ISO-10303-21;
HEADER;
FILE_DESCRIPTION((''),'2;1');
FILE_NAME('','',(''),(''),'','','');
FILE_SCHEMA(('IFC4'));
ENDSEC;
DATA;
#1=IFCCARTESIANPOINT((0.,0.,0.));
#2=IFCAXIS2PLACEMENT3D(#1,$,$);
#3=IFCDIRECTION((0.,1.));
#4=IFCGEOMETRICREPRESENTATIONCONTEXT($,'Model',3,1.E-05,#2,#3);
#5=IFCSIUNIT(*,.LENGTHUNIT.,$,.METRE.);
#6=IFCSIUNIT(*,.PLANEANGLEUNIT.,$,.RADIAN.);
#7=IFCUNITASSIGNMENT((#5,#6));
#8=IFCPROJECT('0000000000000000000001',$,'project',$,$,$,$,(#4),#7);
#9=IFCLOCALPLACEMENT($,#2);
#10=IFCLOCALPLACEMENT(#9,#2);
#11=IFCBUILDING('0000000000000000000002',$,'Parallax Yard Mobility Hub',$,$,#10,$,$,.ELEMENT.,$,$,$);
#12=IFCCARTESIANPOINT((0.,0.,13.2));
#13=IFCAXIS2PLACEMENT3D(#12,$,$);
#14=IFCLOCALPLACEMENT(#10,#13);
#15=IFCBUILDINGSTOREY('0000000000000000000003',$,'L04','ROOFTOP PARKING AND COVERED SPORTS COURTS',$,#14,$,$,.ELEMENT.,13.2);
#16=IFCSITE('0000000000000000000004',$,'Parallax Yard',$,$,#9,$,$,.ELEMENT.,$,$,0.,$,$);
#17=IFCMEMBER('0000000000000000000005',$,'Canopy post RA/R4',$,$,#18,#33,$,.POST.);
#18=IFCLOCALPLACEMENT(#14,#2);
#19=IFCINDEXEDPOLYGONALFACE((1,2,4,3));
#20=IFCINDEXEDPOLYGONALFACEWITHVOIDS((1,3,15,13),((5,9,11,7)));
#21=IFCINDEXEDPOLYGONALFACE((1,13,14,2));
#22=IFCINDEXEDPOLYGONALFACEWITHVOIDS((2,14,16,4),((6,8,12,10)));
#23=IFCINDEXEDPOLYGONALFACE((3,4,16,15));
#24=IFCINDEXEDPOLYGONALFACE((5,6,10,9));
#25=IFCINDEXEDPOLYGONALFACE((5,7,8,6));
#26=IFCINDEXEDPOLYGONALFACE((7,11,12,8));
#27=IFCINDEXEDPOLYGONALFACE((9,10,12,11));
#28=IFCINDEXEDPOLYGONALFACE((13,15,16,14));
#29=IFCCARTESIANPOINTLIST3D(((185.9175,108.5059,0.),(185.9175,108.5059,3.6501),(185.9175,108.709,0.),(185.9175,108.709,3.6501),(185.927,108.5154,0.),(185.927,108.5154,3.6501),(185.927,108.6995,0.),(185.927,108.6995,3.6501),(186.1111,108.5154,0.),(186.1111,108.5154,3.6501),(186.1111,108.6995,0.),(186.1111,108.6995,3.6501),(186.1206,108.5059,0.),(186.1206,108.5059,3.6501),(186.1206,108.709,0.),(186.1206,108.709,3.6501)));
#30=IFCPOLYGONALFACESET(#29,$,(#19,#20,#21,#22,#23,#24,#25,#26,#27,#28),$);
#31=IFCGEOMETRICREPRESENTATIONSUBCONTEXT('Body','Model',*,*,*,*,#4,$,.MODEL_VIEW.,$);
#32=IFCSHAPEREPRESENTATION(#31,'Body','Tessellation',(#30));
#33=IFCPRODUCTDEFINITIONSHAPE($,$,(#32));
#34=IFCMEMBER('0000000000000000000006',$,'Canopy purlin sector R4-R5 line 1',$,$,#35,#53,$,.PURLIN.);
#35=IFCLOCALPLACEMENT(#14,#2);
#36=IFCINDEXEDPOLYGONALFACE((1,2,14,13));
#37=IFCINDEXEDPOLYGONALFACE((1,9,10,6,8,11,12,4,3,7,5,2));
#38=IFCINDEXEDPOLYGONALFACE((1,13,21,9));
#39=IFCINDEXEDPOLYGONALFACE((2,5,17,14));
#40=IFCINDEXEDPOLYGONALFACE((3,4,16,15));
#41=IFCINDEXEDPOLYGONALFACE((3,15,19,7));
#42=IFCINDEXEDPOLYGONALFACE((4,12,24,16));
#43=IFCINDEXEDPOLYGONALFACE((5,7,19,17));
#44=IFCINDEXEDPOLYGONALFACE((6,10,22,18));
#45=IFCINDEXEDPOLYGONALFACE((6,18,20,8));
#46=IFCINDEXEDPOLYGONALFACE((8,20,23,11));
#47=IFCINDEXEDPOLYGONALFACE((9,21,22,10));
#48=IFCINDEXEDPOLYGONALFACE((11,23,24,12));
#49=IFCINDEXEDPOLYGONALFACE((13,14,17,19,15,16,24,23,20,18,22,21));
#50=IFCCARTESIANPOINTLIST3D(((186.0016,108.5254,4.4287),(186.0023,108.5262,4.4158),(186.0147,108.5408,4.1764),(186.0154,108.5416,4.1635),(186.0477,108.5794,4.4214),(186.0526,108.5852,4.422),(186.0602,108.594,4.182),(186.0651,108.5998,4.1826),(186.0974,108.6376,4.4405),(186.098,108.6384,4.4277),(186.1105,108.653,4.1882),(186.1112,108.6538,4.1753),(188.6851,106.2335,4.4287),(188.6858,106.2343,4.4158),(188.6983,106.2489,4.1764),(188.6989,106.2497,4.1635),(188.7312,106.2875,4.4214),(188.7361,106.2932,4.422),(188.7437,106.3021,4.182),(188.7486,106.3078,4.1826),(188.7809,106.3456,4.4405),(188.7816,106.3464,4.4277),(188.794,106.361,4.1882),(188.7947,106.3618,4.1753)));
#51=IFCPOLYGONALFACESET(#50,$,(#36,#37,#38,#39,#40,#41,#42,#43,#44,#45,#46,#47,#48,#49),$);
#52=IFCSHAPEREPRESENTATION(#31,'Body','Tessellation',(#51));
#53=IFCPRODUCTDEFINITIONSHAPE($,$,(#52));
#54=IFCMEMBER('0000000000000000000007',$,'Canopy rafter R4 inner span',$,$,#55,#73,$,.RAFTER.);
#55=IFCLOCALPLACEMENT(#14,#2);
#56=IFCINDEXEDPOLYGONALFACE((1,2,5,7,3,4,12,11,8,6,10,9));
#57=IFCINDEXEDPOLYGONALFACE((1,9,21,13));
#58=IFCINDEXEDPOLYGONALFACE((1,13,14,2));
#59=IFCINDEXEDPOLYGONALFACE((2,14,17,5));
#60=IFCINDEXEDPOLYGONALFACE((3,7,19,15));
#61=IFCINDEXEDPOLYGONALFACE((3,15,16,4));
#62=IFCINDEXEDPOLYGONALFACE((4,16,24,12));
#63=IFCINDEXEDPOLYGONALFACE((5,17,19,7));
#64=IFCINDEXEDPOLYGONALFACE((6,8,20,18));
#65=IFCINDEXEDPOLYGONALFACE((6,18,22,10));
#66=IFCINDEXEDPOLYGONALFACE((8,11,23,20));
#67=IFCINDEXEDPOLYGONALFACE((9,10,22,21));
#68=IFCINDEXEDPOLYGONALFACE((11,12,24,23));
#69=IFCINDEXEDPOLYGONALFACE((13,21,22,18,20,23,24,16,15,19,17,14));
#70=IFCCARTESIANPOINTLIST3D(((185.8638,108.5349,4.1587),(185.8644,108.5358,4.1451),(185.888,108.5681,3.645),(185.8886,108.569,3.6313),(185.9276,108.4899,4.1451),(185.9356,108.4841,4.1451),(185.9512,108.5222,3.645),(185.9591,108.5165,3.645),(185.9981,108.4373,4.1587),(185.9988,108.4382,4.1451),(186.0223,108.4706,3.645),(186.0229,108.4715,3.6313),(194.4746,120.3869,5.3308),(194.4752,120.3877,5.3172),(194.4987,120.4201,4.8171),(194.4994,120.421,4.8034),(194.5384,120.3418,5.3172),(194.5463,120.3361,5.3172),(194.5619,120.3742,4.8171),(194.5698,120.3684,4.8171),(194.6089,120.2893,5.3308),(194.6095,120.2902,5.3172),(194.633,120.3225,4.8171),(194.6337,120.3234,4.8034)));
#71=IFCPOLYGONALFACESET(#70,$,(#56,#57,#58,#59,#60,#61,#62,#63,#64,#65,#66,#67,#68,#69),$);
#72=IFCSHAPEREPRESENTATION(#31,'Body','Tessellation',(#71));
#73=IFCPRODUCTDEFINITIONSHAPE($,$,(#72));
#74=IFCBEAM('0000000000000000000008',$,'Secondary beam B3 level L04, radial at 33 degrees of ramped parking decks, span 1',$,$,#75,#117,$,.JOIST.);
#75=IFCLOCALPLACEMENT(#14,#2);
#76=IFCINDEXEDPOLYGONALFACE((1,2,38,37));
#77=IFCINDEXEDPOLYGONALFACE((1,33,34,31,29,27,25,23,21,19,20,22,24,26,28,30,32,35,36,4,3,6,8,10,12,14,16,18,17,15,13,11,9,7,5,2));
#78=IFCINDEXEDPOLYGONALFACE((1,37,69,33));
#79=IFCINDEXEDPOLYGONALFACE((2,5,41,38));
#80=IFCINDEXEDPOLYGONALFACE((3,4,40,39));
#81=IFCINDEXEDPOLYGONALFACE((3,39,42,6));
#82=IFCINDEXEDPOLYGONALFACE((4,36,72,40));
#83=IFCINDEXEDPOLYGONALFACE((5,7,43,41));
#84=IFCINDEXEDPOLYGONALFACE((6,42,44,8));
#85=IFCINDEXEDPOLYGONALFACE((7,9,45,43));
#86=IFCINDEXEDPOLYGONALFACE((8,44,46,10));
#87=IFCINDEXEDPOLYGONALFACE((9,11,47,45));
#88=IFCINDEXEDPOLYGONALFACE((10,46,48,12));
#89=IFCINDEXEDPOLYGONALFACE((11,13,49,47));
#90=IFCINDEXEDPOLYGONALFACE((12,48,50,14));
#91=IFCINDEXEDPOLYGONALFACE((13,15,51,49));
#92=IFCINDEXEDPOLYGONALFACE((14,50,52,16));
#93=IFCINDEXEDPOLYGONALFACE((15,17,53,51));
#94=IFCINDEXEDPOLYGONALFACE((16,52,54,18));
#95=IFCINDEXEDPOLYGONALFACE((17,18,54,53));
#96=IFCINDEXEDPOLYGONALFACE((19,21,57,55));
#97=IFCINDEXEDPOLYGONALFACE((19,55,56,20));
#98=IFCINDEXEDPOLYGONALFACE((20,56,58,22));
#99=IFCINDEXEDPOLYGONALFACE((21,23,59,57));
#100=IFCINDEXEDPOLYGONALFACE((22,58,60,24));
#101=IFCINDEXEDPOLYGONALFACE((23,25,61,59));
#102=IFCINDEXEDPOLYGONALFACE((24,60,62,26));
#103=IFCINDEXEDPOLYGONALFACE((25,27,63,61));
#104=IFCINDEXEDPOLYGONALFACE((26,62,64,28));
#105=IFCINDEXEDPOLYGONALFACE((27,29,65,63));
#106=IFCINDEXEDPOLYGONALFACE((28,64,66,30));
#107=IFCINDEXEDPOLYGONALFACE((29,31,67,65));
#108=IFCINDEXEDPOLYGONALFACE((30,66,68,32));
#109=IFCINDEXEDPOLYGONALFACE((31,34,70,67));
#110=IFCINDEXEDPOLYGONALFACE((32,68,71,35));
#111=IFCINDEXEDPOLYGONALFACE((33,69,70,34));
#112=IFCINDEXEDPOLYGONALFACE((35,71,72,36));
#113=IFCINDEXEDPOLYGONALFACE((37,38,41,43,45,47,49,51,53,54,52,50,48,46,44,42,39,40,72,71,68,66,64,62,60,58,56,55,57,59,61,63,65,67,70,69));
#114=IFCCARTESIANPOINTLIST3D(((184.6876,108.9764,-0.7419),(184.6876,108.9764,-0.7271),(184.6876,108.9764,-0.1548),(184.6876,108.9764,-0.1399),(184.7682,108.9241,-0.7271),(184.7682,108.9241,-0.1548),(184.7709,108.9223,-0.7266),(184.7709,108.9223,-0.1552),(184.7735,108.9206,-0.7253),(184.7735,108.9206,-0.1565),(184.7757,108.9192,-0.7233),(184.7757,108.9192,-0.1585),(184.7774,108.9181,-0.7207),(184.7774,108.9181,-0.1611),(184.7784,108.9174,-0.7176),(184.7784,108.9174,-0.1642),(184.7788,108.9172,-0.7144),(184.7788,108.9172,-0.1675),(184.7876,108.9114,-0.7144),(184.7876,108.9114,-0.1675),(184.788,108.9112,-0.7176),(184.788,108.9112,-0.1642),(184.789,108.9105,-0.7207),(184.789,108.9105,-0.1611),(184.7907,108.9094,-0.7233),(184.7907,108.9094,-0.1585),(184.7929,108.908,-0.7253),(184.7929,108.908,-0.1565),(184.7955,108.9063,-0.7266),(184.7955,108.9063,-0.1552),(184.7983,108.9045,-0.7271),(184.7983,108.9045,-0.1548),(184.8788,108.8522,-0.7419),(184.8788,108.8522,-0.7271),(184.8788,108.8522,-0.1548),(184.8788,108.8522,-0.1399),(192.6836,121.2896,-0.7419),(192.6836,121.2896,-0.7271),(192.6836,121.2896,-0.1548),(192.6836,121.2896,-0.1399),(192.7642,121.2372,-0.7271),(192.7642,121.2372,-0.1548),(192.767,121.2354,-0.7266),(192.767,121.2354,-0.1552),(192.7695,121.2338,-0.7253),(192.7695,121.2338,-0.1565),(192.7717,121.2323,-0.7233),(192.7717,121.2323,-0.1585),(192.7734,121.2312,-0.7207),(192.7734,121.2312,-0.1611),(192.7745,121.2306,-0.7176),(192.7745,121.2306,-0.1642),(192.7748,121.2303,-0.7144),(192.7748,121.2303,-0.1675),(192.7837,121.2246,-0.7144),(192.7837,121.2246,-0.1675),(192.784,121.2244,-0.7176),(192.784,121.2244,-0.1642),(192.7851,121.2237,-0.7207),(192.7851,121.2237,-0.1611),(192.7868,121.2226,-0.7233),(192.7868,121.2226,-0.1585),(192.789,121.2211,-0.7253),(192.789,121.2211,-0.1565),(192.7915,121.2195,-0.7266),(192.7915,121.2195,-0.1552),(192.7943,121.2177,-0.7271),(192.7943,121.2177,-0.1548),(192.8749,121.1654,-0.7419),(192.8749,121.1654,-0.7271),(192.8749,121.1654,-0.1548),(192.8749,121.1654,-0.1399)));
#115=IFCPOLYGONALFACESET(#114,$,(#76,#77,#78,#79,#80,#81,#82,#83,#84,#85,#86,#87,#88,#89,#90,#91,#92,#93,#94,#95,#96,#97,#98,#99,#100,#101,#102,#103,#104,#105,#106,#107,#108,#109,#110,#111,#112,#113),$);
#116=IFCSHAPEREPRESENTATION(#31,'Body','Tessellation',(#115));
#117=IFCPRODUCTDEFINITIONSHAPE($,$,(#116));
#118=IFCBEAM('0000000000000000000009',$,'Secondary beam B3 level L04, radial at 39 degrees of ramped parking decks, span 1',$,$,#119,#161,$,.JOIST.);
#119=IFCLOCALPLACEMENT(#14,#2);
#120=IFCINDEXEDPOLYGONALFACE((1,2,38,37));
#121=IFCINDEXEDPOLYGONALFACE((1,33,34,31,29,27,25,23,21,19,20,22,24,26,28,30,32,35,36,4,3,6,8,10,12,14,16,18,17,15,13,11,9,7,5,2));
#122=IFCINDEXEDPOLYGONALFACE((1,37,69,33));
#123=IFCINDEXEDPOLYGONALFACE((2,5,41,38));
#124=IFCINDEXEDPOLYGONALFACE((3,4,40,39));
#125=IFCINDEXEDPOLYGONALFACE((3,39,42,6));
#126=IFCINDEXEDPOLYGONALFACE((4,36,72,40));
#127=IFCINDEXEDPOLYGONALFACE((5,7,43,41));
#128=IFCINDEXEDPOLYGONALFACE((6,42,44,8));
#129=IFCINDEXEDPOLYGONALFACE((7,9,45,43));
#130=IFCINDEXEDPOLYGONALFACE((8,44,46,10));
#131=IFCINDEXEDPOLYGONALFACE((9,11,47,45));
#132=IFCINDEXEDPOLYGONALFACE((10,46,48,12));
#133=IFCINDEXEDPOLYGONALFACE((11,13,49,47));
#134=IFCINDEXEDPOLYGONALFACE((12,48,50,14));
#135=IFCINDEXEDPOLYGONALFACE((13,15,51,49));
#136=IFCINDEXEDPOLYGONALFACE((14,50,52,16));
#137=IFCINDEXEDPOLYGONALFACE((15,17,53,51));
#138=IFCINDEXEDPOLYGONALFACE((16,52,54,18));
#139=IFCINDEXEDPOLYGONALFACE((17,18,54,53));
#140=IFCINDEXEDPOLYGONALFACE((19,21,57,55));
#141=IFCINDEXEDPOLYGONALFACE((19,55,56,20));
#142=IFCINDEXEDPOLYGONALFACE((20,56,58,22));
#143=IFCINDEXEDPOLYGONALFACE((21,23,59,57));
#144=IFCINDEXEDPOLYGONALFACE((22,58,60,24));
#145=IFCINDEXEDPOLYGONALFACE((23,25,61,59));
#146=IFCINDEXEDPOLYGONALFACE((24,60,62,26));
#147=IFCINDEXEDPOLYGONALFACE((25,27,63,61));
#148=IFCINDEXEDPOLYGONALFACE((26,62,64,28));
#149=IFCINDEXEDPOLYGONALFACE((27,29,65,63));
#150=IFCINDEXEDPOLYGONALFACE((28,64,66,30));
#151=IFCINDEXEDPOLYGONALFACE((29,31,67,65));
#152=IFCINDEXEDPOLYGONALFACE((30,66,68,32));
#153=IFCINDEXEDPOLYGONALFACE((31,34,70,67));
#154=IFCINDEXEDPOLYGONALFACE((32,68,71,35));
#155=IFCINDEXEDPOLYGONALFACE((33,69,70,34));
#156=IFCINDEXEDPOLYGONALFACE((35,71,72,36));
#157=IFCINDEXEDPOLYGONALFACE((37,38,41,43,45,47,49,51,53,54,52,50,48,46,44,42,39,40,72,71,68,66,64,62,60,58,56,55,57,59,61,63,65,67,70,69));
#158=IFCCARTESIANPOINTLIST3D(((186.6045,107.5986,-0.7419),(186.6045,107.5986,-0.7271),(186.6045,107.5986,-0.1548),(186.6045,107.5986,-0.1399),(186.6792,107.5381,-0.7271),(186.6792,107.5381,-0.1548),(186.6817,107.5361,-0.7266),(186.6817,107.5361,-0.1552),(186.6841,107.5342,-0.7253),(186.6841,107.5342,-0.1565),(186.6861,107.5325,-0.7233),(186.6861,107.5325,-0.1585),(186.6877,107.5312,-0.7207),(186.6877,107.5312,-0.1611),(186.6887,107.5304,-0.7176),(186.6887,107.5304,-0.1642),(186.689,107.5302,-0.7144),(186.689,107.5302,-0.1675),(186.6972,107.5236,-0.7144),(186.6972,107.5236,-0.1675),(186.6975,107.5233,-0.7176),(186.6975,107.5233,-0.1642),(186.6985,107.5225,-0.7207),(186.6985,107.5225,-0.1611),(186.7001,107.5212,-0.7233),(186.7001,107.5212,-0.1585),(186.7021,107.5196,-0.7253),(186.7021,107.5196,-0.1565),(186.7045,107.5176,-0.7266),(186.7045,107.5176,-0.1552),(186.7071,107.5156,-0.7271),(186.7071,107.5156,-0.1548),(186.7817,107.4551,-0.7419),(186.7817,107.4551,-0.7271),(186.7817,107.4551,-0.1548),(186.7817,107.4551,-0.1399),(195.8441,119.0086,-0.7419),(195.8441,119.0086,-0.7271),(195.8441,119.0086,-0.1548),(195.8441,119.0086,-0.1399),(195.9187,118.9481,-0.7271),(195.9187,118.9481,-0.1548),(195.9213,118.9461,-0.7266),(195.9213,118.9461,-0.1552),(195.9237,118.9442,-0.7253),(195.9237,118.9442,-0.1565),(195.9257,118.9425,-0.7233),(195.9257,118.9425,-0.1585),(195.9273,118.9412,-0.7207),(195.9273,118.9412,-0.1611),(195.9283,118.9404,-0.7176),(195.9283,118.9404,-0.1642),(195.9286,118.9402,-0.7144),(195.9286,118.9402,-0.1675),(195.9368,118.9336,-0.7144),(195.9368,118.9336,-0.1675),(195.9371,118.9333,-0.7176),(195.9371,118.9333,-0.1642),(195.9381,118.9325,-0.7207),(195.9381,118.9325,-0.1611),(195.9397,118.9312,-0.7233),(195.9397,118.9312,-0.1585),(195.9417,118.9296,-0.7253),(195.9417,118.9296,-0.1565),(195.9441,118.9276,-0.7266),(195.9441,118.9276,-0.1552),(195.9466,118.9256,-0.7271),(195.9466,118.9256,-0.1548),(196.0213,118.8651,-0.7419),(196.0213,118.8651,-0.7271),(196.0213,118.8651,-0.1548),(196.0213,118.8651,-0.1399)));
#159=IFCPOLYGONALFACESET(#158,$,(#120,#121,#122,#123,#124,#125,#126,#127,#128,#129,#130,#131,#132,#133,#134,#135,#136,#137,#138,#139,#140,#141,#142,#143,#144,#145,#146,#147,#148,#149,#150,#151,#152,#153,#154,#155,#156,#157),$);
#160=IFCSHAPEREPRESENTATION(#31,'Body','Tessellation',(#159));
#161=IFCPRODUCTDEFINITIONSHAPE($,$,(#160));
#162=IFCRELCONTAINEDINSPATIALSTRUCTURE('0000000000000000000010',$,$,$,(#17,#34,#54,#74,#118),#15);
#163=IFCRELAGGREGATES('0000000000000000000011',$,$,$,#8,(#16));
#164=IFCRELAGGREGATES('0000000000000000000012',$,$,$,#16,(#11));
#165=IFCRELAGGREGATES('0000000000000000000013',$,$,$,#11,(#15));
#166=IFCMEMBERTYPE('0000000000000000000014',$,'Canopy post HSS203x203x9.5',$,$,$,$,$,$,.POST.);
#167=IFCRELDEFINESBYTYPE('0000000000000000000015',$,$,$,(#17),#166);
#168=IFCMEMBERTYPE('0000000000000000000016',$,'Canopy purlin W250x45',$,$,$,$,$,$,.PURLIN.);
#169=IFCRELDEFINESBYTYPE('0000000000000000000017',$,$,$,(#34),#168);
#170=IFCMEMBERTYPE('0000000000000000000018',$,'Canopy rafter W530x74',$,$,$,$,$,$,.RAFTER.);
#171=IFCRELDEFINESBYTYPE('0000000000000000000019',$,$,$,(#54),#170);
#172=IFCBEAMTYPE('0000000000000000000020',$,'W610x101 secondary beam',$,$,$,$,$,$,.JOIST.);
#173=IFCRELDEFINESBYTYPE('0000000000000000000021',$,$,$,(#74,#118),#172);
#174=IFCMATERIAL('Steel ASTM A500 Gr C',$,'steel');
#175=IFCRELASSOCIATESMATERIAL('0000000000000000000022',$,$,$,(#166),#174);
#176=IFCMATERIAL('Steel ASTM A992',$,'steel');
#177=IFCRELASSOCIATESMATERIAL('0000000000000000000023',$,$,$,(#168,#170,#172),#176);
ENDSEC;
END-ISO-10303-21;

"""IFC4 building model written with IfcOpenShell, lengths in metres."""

from ifc_helpers import new_model, si_unit, direction, frame, origin, origin_2d, place, context, subcontext, project, spatial, hollow_rectangle, i_section, extrude, material, material_profile, profile_set, type_object, element, save


model = new_model("IFC4")

# Units and contexts
model_context = context("Model", 3, precision=1e-05, world=origin(), true_north=direction((0.0, 1.0)))
body_context = subcontext(model_context, "Body", "Model", "MODEL_VIEW")
ifc_project = project(units=[si_unit("LENGTHUNIT", "METRE"), si_unit("PLANEANGLEUNIT", "RADIAN")], contexts=[model_context])

# Site, building, storey
site_placement = place(None, origin())
site = spatial("IfcSite", under=ifc_project, at=site_placement, Name="Parallax Yard", CompositionType="ELEMENT", RefElevation=0.0)
building_placement = place(site_placement, origin())
building = spatial("IfcBuilding", under=site, at=building_placement, Name="Parallax Yard Mobility Hub", CompositionType="ELEMENT")
storey_placement = place(building_placement, frame((0.0, 0.0, 13.2)))
storey = spatial("IfcBuildingStorey", under=building, at=storey_placement, Name="L04", Description="ROOFTOP PARKING AND COVERED SPORTS COURTS", CompositionType="ELEMENT", Elevation=13.2)

# Members
ifc_material_1 = material(Name="Steel ASTM A500 Gr C", Category="steel")
ifc_material_profile_1 = material_profile(ifc_material_1, hollow_rectangle(XDim=0.2031, YDim=0.2031, WallThickness=0.0095, at=origin_2d()), Name="HSS203x203x9.5")
ifc_profile_set_1 = profile_set([ifc_material_profile_1], Name="Steel ASTM A500 Gr C")
member_type_1 = type_object("IfcMemberType", Name="Canopy post HSS203x203x9.5", PredefinedType="POST", material=ifc_profile_set_1)
member_1_placement = place(storey_placement, frame((186.019, 108.6074, 0.0), z_axis=(0.0, 0.0, 1.0), x_axis=(1.0, 0.0, 0.0)))
element("IfcMember", 1, at=member_1_placement, inside=storey, type_object=member_type_1, Name="Canopy post RA/R4", PredefinedType="POST", context=body_context, shape_type="SweptSolid", body=[
    extrude(hollow_rectangle(XDim=0.2031, YDim=0.2031, WallThickness=0.0095, at=origin_2d()), origin(), (0.0, 0.0, 1.0), 3.6501),
])
ifc_material_2 = material(Name="Steel ASTM A992", Category="steel")
ifc_material_profile_2 = material_profile(ifc_material_2, i_section(OverallWidth=0.1479, OverallDepth=0.2661, WebThickness=0.0076, FlangeThickness=0.0129, at=origin_2d()), Name="W250x45")
ifc_profile_set_2 = profile_set([ifc_material_profile_2], Name="Steel ASTM A992")
member_type_2 = type_object("IfcMemberType", Name="Canopy purlin W250x45", PredefinedType="PURLIN", material=ifc_profile_set_2)
member_2_placement = place(storey_placement, frame((186.0564, 108.5896, 4.302), z_axis=(0.760408, -0.649446, 0.0), x_axis=(0.647365, 0.757971, 0.07999)))
element("IfcMember", 2, at=member_2_placement, inside=storey, type_object=member_type_2, Name="Canopy purlin sector R4-R5 line 1", PredefinedType="PURLIN", context=body_context, shape_type="SweptSolid", body=[
    extrude(i_section(OverallWidth=0.1479, OverallDepth=0.2661, WebThickness=0.0076, FlangeThickness=0.0129, at=origin_2d()), origin(), (0.0, 0.0, 1.0), 3.5291),
])
ifc_material_profile_3 = material_profile(ifc_material_2, i_section(OverallWidth=0.166, OverallDepth=0.5291, WebThickness=0.0098, FlangeThickness=0.0137, at=origin_2d()), Name="W530x74")
ifc_profile_set_3 = profile_set([ifc_material_profile_3], Name="Steel ASTM A992")
member_type_3 = type_object("IfcMemberType", Name="Canopy rafter W530x74", PredefinedType="RAFTER", material=ifc_profile_set_3)
member_3_placement = place(storey_placement, frame((185.9434, 108.5032, 3.895), z_axis=(0.585905, 0.806446, 0.079754), x_axis=(-0.809023, 0.587777, 0.0)))
element("IfcMember", 3, at=member_3_placement, inside=storey, type_object=member_type_3, Name="Canopy rafter R4 inner span", PredefinedType="RAFTER", context=body_context, shape_type="SweptSolid", body=[
    extrude(i_section(OverallWidth=0.166, OverallDepth=0.5291, WebThickness=0.0098, FlangeThickness=0.0137, at=origin_2d()), origin(), (0.0, 0.0, 1.0), 14.6965),
])

# Beams
ifc_material_profile_4 = material_profile(ifc_material_2, i_section(OverallWidth=0.228, OverallDepth=0.6021, WebThickness=0.0105, FlangeThickness=0.0149, FilletRadius=0.0127, at=origin_2d()), Name="W610x101")
ifc_profile_set_4 = profile_set([ifc_material_profile_4], Name="Steel ASTM A992")
beam_type_1 = type_object("IfcBeamType", Name="W610x101 secondary beam", PredefinedType="JOIST", material=ifc_profile_set_4)
beam_1_placement = place(storey_placement, frame((184.7832, 108.9143, -0.4409), z_axis=(0.544629, 0.838677, 0.0), x_axis=(-0.838677, 0.544629, 0.0)))
element("IfcBeam", 4, at=beam_1_placement, inside=storey, type_object=beam_type_1, Name="Secondary beam B3 level L04, radial at 33 degrees of ramped parking decks, span 1", PredefinedType="JOIST", context=body_context, shape_type="SweptSolid", body=[
    extrude(i_section(OverallWidth=0.228, OverallDepth=0.6021, WebThickness=0.0105, FlangeThickness=0.0149, FilletRadius=0.0127, at=origin_2d()), origin(), (0.0, 0.0, 1.0), 14.6816),
])
beam_2_placement = place(storey_placement, frame((186.6931, 107.5269, -0.4409), z_axis=(0.629318, 0.777148, 0.0), x_axis=(-0.777148, 0.629318, 0.0)))
element("IfcBeam", 5, at=beam_2_placement, inside=storey, type_object=beam_type_1, Name="Secondary beam B3 level L04, radial at 39 degrees of ramped parking decks, span 1", PredefinedType="JOIST", context=body_context, shape_type="SweptSolid", body=[
    extrude(i_section(OverallWidth=0.228, OverallDepth=0.6021, WebThickness=0.0105, FlangeThickness=0.0149, FilletRadius=0.0127, at=origin_2d()), origin(), (0.0, 0.0, 1.0), 14.6819),
])

save(model, "model.ifc")
